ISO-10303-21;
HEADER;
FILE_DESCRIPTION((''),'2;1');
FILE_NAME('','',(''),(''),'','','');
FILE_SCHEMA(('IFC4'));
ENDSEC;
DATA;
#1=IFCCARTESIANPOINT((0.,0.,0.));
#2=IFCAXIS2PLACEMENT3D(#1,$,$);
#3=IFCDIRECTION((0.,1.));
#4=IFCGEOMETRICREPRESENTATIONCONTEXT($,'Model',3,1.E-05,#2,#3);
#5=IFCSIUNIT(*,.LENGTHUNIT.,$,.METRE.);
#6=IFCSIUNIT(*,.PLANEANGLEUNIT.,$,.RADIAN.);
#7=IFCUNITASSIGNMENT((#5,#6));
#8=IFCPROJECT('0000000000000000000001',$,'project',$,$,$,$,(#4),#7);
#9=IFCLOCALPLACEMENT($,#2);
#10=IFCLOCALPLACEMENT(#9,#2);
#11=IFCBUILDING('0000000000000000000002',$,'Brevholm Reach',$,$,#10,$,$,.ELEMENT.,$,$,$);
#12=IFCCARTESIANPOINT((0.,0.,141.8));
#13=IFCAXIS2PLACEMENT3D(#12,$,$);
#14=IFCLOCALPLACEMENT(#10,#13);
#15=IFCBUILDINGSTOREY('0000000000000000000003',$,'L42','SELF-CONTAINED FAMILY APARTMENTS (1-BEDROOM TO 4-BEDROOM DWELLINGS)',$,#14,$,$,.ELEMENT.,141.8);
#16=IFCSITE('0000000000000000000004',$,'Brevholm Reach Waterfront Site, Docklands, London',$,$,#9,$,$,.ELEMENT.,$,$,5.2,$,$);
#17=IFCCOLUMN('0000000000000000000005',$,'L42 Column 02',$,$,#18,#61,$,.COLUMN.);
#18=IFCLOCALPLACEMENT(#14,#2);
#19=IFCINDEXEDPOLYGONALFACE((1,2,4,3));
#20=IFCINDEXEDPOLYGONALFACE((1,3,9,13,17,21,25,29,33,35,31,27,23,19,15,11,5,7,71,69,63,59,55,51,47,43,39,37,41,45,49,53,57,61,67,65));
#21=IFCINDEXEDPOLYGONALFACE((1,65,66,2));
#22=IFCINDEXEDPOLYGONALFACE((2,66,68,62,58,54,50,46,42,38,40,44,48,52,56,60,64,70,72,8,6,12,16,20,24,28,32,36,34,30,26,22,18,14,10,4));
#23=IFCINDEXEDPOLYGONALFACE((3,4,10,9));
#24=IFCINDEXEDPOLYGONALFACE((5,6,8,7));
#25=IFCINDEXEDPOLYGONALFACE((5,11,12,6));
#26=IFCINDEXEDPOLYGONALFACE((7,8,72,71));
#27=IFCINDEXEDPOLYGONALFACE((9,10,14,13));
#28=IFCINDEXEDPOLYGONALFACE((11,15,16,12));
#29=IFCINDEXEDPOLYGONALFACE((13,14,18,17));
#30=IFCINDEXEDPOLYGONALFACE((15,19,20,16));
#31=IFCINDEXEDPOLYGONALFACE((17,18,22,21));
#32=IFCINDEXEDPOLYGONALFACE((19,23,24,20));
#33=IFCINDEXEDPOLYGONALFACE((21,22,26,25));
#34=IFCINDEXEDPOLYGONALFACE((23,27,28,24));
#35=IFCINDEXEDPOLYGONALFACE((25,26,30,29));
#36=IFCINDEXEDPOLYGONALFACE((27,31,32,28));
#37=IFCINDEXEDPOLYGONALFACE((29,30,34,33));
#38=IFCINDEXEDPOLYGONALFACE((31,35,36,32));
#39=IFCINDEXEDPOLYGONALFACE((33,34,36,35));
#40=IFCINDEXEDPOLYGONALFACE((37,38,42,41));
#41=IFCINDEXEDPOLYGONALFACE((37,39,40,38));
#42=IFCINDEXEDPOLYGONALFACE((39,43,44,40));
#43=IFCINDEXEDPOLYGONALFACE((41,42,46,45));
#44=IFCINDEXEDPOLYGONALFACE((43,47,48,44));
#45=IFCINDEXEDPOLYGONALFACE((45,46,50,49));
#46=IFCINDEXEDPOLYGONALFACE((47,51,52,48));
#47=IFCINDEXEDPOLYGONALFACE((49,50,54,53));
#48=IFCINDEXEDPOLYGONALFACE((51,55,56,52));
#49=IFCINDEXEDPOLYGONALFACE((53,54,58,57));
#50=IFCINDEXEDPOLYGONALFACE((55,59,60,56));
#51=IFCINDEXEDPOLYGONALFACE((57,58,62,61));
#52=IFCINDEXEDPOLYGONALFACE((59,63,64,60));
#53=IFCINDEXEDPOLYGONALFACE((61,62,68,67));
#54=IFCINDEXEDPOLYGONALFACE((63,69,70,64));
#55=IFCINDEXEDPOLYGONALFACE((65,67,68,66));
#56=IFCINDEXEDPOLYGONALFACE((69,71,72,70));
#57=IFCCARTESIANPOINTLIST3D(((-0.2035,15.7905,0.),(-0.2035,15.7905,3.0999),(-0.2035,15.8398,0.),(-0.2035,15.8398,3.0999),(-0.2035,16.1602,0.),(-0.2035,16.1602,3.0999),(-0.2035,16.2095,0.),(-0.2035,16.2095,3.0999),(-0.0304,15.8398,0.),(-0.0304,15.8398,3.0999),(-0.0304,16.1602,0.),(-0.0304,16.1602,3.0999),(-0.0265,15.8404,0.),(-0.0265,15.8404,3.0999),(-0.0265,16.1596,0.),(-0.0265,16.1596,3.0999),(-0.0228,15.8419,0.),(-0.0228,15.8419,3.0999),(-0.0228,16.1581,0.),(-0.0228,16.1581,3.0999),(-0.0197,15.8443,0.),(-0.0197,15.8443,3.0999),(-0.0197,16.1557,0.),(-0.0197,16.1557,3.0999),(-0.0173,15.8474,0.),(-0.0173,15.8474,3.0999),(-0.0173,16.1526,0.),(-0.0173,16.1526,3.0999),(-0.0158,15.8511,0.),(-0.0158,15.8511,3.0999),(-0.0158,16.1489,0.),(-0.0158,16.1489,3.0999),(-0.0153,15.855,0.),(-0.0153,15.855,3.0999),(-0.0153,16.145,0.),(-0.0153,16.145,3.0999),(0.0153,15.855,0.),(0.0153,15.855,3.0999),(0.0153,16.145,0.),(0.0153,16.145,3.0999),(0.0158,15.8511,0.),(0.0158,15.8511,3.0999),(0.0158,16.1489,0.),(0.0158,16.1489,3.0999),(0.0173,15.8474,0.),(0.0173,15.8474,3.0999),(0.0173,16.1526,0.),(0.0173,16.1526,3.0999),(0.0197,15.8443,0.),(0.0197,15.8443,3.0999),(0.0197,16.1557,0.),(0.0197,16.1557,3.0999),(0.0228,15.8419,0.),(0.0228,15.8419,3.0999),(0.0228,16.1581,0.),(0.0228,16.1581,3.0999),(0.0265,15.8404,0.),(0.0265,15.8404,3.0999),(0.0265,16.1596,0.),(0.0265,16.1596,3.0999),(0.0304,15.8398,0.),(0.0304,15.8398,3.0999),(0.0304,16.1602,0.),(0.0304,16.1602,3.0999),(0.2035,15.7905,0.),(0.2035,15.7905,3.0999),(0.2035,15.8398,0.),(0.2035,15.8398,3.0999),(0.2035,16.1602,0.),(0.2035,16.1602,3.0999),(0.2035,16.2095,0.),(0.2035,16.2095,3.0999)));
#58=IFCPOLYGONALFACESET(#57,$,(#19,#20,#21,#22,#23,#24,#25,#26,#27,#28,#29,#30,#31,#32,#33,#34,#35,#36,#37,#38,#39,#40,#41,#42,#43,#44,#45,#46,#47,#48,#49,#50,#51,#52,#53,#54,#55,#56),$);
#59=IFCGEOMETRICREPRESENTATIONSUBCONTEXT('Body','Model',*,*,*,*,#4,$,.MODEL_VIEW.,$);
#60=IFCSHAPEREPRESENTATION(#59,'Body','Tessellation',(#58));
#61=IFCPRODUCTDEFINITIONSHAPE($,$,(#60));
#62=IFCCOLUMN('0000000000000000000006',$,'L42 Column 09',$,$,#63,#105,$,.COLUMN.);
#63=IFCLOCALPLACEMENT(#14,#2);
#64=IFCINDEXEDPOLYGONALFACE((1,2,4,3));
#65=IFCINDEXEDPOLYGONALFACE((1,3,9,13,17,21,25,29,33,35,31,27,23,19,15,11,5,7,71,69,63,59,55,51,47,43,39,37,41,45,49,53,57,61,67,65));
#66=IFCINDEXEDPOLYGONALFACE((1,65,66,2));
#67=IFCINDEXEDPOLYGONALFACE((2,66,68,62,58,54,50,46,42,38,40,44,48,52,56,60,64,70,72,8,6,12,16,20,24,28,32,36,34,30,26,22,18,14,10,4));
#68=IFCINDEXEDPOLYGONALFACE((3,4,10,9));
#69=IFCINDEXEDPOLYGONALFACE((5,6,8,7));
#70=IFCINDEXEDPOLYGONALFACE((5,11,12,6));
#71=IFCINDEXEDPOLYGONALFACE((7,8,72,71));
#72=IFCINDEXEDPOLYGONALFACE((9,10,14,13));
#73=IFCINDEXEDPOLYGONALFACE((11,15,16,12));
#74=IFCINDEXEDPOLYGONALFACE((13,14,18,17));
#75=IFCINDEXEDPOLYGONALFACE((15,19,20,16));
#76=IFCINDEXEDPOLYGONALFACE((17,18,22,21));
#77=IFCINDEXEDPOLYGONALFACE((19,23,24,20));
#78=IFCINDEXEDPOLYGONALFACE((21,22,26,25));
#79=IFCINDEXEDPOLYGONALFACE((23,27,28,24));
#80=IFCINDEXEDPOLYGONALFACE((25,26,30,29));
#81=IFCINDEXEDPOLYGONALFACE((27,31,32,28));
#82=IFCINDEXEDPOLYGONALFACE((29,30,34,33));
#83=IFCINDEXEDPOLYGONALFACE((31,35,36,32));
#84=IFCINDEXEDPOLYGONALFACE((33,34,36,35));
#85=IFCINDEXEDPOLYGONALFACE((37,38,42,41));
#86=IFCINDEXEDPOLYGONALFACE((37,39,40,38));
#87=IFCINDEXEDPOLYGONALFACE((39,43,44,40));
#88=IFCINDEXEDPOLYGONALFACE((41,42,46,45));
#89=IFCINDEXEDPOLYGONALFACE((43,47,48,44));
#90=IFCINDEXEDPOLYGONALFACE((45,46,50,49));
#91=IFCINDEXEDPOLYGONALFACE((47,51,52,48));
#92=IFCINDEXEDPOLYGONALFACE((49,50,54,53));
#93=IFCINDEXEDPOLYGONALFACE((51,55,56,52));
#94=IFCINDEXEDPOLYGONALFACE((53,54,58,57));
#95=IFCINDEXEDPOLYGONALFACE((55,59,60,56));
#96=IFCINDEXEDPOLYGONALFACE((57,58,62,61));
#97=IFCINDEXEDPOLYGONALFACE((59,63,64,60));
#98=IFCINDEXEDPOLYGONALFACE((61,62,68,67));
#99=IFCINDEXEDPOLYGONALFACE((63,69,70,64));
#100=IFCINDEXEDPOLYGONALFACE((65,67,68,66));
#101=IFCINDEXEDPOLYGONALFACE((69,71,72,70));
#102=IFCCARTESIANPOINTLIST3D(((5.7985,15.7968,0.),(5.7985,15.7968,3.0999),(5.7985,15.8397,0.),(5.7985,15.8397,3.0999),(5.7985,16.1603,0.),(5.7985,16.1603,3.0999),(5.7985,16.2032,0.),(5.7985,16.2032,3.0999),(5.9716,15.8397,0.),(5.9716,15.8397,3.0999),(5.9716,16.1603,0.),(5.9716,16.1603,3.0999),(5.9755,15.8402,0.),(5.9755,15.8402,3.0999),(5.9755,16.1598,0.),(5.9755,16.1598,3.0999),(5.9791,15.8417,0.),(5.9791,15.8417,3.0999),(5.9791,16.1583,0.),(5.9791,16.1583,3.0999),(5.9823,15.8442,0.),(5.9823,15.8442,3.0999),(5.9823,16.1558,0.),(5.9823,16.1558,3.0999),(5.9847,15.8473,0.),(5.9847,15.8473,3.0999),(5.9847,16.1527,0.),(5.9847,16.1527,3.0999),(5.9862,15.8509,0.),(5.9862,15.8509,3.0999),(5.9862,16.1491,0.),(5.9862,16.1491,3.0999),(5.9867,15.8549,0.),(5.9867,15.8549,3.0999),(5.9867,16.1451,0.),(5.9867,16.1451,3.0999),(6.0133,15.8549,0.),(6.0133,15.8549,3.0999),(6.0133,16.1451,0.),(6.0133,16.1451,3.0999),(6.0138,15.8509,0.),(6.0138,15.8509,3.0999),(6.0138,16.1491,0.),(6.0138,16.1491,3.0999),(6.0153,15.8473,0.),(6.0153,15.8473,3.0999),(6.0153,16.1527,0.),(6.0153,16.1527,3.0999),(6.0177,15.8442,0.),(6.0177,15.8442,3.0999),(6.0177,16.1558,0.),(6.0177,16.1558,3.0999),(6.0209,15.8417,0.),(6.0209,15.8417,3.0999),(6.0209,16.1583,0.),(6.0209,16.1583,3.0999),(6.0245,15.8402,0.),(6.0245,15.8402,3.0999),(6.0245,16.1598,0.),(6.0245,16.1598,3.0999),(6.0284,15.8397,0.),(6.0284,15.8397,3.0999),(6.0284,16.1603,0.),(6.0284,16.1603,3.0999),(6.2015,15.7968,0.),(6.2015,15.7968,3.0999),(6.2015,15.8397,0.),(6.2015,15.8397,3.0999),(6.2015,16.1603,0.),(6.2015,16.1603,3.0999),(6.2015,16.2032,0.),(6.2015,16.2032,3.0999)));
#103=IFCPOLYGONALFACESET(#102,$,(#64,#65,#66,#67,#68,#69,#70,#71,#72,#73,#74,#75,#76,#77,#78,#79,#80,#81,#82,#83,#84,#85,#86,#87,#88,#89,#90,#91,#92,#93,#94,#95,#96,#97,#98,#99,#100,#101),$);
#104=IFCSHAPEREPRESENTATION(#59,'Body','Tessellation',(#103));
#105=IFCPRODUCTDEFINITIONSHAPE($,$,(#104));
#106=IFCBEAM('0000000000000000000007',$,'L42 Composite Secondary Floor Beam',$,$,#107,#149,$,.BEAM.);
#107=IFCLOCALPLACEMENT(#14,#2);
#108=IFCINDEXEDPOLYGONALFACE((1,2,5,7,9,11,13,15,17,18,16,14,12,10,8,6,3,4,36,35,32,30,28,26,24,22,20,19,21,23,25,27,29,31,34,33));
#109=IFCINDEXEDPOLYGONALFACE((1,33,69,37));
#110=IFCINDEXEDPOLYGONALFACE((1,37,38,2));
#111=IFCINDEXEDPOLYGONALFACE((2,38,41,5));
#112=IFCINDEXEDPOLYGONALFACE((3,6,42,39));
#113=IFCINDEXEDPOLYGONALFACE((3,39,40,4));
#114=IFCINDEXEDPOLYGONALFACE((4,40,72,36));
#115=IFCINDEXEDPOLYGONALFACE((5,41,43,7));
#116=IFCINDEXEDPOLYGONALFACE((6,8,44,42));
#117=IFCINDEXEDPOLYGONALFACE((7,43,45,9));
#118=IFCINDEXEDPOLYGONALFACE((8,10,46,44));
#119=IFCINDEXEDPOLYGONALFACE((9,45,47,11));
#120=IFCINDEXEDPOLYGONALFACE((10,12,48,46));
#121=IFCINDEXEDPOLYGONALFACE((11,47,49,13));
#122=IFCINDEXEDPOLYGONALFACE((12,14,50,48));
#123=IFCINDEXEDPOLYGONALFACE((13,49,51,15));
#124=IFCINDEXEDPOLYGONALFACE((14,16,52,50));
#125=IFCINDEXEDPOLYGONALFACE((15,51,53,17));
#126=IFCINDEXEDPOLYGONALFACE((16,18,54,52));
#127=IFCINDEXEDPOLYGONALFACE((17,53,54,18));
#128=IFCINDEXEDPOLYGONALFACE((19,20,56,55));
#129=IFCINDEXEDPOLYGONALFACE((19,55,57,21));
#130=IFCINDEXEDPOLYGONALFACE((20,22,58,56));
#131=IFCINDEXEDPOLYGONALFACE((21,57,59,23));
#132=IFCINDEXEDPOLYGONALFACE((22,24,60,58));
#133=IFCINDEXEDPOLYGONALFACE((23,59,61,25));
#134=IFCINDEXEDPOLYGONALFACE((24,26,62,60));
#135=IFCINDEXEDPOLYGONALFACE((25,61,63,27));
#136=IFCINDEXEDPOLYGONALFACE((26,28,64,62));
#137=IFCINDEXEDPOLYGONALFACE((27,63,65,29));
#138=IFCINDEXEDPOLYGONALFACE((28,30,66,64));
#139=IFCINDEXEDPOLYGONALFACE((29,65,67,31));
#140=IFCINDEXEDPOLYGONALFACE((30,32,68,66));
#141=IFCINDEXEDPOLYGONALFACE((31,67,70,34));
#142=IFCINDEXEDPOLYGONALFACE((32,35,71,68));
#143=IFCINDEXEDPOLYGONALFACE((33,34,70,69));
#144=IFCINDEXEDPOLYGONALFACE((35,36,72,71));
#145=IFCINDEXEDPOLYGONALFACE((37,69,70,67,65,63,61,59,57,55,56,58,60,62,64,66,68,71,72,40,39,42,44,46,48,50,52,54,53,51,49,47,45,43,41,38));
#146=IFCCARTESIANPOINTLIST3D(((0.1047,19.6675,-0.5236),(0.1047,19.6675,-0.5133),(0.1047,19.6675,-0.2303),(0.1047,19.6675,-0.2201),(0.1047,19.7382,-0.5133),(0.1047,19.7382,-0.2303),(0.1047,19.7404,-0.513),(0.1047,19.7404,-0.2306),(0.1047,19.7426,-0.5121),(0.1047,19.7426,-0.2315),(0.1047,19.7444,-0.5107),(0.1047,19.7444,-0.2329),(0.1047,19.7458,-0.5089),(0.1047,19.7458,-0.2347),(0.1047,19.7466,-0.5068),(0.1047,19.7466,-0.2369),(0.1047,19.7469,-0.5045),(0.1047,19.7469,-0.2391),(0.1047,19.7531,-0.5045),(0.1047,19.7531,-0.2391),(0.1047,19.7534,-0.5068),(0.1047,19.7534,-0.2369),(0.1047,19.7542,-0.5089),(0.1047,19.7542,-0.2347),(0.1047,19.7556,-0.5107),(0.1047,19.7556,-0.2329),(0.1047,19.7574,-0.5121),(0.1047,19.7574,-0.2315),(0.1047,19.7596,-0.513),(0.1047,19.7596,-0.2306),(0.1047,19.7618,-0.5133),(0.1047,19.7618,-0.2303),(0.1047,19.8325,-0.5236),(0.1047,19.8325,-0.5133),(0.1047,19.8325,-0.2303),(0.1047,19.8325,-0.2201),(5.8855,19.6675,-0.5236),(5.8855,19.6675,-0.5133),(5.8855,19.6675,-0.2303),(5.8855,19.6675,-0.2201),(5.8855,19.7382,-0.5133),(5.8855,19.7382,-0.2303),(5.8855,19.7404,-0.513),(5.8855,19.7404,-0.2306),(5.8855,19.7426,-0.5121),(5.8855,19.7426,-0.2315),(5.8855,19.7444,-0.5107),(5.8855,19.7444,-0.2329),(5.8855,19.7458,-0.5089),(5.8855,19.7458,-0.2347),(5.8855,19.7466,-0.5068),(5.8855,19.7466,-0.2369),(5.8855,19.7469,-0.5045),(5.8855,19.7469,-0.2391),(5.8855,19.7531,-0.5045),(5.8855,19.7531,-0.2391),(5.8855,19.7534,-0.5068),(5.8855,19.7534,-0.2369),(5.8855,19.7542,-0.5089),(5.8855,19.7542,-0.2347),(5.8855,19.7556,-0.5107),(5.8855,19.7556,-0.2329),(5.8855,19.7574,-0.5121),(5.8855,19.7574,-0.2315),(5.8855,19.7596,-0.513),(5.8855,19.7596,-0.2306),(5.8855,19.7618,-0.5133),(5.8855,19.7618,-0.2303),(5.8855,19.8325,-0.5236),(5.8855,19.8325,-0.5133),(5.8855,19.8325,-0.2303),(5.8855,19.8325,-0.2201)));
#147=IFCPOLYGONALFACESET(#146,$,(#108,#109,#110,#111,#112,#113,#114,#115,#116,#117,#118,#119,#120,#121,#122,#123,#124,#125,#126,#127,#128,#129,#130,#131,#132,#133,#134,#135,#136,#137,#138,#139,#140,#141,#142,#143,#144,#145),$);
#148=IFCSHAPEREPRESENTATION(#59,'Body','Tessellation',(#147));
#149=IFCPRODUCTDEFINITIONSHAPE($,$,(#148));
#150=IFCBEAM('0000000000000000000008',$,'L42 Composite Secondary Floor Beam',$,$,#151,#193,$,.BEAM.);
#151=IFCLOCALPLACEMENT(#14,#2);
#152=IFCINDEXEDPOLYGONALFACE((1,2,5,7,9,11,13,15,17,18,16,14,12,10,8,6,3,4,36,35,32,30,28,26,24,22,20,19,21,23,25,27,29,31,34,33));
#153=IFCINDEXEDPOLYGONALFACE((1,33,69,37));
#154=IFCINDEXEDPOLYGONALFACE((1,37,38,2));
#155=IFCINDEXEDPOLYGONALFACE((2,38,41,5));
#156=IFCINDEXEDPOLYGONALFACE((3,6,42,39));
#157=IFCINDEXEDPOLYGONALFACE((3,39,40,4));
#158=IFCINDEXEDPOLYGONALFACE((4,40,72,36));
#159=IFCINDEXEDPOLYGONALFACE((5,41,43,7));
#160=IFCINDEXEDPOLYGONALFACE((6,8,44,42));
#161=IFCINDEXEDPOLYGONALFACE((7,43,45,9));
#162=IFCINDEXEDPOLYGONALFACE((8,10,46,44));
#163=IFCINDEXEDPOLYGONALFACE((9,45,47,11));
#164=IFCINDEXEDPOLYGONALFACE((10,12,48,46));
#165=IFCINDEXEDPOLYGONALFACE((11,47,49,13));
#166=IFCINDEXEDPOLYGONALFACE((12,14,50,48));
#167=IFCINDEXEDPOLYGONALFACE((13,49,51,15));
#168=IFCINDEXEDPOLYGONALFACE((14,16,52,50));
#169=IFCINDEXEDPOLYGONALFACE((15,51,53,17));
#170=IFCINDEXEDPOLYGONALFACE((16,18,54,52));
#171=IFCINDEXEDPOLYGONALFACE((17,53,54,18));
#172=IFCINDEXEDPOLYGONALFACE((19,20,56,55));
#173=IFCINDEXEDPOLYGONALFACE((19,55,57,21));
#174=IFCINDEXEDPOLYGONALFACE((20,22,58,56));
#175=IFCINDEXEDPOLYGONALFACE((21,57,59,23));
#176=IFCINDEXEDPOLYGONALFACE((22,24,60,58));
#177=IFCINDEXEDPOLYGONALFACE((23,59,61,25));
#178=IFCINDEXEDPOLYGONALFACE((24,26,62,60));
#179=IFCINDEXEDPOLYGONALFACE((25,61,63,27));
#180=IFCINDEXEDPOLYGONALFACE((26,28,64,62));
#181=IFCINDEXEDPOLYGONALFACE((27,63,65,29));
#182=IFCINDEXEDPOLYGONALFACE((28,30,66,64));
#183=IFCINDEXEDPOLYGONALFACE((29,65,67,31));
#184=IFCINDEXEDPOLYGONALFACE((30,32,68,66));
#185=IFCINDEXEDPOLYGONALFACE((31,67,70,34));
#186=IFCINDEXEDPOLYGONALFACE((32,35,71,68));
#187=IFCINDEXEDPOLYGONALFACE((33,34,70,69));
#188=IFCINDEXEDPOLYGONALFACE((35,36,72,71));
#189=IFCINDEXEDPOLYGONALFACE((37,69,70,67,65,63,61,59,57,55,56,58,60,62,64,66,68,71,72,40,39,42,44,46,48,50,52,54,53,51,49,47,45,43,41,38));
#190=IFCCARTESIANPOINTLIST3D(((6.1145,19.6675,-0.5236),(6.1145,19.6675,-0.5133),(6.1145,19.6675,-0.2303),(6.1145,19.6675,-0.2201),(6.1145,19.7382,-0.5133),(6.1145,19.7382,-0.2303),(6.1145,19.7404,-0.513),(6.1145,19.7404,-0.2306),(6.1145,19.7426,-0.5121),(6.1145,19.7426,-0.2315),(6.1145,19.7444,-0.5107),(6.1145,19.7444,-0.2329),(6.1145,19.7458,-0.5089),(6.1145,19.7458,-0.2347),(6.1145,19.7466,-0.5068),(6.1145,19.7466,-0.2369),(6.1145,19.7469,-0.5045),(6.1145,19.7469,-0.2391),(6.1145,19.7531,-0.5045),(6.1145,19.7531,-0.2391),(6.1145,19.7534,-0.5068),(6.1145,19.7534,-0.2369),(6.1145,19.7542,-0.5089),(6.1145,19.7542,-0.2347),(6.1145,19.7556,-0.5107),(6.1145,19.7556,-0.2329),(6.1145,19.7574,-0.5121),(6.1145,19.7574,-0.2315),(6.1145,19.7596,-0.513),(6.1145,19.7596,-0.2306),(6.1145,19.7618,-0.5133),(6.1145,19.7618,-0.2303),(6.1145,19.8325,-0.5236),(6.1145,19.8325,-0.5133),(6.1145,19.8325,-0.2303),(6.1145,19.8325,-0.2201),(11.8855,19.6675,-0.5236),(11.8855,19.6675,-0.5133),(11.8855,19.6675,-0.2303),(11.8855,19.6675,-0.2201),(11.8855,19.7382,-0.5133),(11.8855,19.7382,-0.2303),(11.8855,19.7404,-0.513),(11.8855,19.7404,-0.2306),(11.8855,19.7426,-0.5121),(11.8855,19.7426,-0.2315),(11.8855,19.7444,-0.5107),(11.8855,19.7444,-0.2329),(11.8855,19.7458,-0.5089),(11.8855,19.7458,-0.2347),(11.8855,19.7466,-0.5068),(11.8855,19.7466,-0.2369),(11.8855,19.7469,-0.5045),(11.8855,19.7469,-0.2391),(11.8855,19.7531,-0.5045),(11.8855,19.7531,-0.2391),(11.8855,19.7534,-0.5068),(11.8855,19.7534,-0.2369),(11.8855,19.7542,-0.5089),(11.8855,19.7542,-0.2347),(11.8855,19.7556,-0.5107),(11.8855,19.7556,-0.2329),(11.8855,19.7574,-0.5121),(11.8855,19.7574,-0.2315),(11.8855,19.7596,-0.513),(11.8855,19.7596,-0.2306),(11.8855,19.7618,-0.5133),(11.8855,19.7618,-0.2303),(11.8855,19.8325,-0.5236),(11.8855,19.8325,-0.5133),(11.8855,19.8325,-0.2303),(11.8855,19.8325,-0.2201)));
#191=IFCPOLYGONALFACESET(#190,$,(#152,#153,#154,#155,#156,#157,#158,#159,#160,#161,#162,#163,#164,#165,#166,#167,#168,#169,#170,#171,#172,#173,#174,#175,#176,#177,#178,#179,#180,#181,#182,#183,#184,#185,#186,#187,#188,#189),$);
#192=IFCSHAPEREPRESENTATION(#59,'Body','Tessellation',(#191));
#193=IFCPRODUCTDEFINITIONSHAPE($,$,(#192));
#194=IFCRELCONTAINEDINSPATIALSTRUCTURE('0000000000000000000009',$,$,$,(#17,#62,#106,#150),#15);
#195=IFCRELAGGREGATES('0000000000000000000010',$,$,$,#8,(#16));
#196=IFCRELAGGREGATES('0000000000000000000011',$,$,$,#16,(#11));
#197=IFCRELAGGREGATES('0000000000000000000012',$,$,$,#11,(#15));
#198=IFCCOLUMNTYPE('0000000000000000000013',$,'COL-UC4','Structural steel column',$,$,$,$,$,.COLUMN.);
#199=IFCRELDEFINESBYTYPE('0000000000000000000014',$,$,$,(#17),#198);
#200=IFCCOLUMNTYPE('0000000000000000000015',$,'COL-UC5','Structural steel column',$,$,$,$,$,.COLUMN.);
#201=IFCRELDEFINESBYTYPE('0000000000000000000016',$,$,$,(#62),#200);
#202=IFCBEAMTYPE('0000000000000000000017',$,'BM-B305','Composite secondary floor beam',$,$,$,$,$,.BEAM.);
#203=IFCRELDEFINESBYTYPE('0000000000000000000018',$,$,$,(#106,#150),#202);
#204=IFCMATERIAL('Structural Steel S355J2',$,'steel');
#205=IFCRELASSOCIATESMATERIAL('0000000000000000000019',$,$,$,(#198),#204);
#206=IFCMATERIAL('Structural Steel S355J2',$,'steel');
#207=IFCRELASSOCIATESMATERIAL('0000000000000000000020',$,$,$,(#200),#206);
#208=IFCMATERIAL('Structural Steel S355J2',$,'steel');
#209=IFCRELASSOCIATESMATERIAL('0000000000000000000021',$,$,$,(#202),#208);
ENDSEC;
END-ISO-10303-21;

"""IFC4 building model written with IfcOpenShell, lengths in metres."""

from ifc_helpers import new_model, si_unit, direction, frame, origin, origin_2d, place, context, subcontext, project, spatial, i_section, extrude, material, material_profile, profile_set, type_object, element, save


model = new_model("IFC4")

# Units and contexts
model_context = context("Model", 3, precision=1e-05, world=origin(), true_north=direction((0.0, 1.0)))
body_context = subcontext(model_context, "Body", "Model", "MODEL_VIEW")
ifc_project = project(units=[si_unit("LENGTHUNIT", "METRE"), si_unit("PLANEANGLEUNIT", "RADIAN")], contexts=[model_context])

# Site, building, storey
site_placement = place(None, origin())
site = spatial("IfcSite", under=ifc_project, at=site_placement, Name="Brevholm Reach Waterfront Site, Docklands, London", CompositionType="ELEMENT", RefElevation=5.2)
building_placement = place(site_placement, origin())
building = spatial("IfcBuilding", under=site, at=building_placement, Name="Brevholm Reach", CompositionType="ELEMENT")
storey_placement = place(building_placement, frame((0.0, 0.0, 141.8)))
storey = spatial("IfcBuildingStorey", under=building, at=storey_placement, Name="L42", Description="SELF-CONTAINED FAMILY APARTMENTS (1-BEDROOM TO 4-BEDROOM DWELLINGS)", CompositionType="ELEMENT", Elevation=141.8)

# Columns
ifc_material_1 = material(Name="Structural Steel S355J2", Category="steel")
ifc_material_profile_1 = material_profile(ifc_material_1, i_section(OverallWidth=0.407, OverallDepth=0.4189, WebThickness=0.0305, FlangeThickness=0.0493, FilletRadius=0.0151, at=origin_2d()), Name="UKC 356x406x393")
ifc_profile_set_1 = profile_set([ifc_material_profile_1], Name="Structural Steel S355J2")
column_type_1 = type_object("IfcColumnType", Name="COL-UC4", Description="Structural steel column", PredefinedType="COLUMN", material=ifc_profile_set_1)
column_1_placement = place(storey_placement, frame((0.0, 16.0, 0.0), z_axis=(0.0, 0.0, 1.0), x_axis=(1.0, 0.0, 0.0)))
element("IfcColumn", 1, at=column_1_placement, inside=storey, type_object=column_type_1, Name="L42 Column 02", PredefinedType="COLUMN", context=body_context, shape_type="SweptSolid", body=[
    extrude(i_section(OverallWidth=0.407, OverallDepth=0.4189, WebThickness=0.0305, FlangeThickness=0.0493, FilletRadius=0.0151, at=origin_2d()), origin(), (0.0, 0.0, 1.0), 3.0999),
])
ifc_material_2 = material(Name="Structural Steel S355J2", Category="steel")
ifc_material_profile_2 = material_profile(ifc_material_2, i_section(OverallWidth=0.4031, OverallDepth=0.4065, WebThickness=0.0266, FlangeThickness=0.043, FilletRadius=0.0151, at=origin_2d()), Name="UKC 356x406x340")
ifc_profile_set_2 = profile_set([ifc_material_profile_2], Name="Structural Steel S355J2")
column_type_2 = type_object("IfcColumnType", Name="COL-UC5", Description="Structural steel column", PredefinedType="COLUMN", material=ifc_profile_set_2)
column_2_placement = place(storey_placement, frame((6.0, 16.0, 0.0), z_axis=(0.0, 0.0, 1.0), x_axis=(1.0, 0.0, 0.0)))
element("IfcColumn", 2, at=column_2_placement, inside=storey, type_object=column_type_2, Name="L42 Column 09", PredefinedType="COLUMN", context=body_context, shape_type="SweptSolid", body=[
    extrude(i_section(OverallWidth=0.4031, OverallDepth=0.4065, WebThickness=0.0266, FlangeThickness=0.043, FilletRadius=0.0151, at=origin_2d()), origin(), (0.0, 0.0, 1.0), 3.0999),
])

# Beams
ifc_material_3 = material(Name="Structural Steel S355J2", Category="steel")
ifc_material_profile_3 = material_profile(ifc_material_3, i_section(OverallWidth=0.165, OverallDepth=0.3035, WebThickness=0.0061, FlangeThickness=0.0103, FilletRadius=0.0088, at=origin_2d()), Name="UKB 305x165x40")
ifc_profile_set_3 = profile_set([ifc_material_profile_3], Name="Structural Steel S355J2")
beam_type_1 = type_object("IfcBeamType", Name="BM-B305", Description="Composite secondary floor beam", PredefinedType="BEAM", material=ifc_profile_set_3)
beam_1_placement = place(storey_placement, frame((0.1047, 19.75, -0.3718), z_axis=(1.0, 0.0, 0.0), x_axis=(0.0, 1.0, 0.0)))
element("IfcBeam", 3, at=beam_1_placement, inside=storey, type_object=beam_type_1, Name="L42 Composite Secondary Floor Beam", PredefinedType="BEAM", context=body_context, shape_type="SweptSolid", body=[
    extrude(i_section(OverallWidth=0.165, OverallDepth=0.3035, WebThickness=0.0061, FlangeThickness=0.0103, FilletRadius=0.0088, at=origin_2d()), origin(), (0.0, 0.0, 1.0), 5.7808),
])
beam_2_placement = place(storey_placement, frame((6.1145, 19.75, -0.3718), z_axis=(1.0, 0.0, 0.0), x_axis=(0.0, 1.0, 0.0)))
element("IfcBeam", 4, at=beam_2_placement, inside=storey, type_object=beam_type_1, Name="L42 Composite Secondary Floor Beam", PredefinedType="BEAM", context=body_context, shape_type="SweptSolid", body=[
    extrude(i_section(OverallWidth=0.165, OverallDepth=0.3035, WebThickness=0.0061, FlangeThickness=0.0103, FilletRadius=0.0088, at=origin_2d()), origin(), (0.0, 0.0, 1.0), 5.771),
])

save(model, "model.ifc")
